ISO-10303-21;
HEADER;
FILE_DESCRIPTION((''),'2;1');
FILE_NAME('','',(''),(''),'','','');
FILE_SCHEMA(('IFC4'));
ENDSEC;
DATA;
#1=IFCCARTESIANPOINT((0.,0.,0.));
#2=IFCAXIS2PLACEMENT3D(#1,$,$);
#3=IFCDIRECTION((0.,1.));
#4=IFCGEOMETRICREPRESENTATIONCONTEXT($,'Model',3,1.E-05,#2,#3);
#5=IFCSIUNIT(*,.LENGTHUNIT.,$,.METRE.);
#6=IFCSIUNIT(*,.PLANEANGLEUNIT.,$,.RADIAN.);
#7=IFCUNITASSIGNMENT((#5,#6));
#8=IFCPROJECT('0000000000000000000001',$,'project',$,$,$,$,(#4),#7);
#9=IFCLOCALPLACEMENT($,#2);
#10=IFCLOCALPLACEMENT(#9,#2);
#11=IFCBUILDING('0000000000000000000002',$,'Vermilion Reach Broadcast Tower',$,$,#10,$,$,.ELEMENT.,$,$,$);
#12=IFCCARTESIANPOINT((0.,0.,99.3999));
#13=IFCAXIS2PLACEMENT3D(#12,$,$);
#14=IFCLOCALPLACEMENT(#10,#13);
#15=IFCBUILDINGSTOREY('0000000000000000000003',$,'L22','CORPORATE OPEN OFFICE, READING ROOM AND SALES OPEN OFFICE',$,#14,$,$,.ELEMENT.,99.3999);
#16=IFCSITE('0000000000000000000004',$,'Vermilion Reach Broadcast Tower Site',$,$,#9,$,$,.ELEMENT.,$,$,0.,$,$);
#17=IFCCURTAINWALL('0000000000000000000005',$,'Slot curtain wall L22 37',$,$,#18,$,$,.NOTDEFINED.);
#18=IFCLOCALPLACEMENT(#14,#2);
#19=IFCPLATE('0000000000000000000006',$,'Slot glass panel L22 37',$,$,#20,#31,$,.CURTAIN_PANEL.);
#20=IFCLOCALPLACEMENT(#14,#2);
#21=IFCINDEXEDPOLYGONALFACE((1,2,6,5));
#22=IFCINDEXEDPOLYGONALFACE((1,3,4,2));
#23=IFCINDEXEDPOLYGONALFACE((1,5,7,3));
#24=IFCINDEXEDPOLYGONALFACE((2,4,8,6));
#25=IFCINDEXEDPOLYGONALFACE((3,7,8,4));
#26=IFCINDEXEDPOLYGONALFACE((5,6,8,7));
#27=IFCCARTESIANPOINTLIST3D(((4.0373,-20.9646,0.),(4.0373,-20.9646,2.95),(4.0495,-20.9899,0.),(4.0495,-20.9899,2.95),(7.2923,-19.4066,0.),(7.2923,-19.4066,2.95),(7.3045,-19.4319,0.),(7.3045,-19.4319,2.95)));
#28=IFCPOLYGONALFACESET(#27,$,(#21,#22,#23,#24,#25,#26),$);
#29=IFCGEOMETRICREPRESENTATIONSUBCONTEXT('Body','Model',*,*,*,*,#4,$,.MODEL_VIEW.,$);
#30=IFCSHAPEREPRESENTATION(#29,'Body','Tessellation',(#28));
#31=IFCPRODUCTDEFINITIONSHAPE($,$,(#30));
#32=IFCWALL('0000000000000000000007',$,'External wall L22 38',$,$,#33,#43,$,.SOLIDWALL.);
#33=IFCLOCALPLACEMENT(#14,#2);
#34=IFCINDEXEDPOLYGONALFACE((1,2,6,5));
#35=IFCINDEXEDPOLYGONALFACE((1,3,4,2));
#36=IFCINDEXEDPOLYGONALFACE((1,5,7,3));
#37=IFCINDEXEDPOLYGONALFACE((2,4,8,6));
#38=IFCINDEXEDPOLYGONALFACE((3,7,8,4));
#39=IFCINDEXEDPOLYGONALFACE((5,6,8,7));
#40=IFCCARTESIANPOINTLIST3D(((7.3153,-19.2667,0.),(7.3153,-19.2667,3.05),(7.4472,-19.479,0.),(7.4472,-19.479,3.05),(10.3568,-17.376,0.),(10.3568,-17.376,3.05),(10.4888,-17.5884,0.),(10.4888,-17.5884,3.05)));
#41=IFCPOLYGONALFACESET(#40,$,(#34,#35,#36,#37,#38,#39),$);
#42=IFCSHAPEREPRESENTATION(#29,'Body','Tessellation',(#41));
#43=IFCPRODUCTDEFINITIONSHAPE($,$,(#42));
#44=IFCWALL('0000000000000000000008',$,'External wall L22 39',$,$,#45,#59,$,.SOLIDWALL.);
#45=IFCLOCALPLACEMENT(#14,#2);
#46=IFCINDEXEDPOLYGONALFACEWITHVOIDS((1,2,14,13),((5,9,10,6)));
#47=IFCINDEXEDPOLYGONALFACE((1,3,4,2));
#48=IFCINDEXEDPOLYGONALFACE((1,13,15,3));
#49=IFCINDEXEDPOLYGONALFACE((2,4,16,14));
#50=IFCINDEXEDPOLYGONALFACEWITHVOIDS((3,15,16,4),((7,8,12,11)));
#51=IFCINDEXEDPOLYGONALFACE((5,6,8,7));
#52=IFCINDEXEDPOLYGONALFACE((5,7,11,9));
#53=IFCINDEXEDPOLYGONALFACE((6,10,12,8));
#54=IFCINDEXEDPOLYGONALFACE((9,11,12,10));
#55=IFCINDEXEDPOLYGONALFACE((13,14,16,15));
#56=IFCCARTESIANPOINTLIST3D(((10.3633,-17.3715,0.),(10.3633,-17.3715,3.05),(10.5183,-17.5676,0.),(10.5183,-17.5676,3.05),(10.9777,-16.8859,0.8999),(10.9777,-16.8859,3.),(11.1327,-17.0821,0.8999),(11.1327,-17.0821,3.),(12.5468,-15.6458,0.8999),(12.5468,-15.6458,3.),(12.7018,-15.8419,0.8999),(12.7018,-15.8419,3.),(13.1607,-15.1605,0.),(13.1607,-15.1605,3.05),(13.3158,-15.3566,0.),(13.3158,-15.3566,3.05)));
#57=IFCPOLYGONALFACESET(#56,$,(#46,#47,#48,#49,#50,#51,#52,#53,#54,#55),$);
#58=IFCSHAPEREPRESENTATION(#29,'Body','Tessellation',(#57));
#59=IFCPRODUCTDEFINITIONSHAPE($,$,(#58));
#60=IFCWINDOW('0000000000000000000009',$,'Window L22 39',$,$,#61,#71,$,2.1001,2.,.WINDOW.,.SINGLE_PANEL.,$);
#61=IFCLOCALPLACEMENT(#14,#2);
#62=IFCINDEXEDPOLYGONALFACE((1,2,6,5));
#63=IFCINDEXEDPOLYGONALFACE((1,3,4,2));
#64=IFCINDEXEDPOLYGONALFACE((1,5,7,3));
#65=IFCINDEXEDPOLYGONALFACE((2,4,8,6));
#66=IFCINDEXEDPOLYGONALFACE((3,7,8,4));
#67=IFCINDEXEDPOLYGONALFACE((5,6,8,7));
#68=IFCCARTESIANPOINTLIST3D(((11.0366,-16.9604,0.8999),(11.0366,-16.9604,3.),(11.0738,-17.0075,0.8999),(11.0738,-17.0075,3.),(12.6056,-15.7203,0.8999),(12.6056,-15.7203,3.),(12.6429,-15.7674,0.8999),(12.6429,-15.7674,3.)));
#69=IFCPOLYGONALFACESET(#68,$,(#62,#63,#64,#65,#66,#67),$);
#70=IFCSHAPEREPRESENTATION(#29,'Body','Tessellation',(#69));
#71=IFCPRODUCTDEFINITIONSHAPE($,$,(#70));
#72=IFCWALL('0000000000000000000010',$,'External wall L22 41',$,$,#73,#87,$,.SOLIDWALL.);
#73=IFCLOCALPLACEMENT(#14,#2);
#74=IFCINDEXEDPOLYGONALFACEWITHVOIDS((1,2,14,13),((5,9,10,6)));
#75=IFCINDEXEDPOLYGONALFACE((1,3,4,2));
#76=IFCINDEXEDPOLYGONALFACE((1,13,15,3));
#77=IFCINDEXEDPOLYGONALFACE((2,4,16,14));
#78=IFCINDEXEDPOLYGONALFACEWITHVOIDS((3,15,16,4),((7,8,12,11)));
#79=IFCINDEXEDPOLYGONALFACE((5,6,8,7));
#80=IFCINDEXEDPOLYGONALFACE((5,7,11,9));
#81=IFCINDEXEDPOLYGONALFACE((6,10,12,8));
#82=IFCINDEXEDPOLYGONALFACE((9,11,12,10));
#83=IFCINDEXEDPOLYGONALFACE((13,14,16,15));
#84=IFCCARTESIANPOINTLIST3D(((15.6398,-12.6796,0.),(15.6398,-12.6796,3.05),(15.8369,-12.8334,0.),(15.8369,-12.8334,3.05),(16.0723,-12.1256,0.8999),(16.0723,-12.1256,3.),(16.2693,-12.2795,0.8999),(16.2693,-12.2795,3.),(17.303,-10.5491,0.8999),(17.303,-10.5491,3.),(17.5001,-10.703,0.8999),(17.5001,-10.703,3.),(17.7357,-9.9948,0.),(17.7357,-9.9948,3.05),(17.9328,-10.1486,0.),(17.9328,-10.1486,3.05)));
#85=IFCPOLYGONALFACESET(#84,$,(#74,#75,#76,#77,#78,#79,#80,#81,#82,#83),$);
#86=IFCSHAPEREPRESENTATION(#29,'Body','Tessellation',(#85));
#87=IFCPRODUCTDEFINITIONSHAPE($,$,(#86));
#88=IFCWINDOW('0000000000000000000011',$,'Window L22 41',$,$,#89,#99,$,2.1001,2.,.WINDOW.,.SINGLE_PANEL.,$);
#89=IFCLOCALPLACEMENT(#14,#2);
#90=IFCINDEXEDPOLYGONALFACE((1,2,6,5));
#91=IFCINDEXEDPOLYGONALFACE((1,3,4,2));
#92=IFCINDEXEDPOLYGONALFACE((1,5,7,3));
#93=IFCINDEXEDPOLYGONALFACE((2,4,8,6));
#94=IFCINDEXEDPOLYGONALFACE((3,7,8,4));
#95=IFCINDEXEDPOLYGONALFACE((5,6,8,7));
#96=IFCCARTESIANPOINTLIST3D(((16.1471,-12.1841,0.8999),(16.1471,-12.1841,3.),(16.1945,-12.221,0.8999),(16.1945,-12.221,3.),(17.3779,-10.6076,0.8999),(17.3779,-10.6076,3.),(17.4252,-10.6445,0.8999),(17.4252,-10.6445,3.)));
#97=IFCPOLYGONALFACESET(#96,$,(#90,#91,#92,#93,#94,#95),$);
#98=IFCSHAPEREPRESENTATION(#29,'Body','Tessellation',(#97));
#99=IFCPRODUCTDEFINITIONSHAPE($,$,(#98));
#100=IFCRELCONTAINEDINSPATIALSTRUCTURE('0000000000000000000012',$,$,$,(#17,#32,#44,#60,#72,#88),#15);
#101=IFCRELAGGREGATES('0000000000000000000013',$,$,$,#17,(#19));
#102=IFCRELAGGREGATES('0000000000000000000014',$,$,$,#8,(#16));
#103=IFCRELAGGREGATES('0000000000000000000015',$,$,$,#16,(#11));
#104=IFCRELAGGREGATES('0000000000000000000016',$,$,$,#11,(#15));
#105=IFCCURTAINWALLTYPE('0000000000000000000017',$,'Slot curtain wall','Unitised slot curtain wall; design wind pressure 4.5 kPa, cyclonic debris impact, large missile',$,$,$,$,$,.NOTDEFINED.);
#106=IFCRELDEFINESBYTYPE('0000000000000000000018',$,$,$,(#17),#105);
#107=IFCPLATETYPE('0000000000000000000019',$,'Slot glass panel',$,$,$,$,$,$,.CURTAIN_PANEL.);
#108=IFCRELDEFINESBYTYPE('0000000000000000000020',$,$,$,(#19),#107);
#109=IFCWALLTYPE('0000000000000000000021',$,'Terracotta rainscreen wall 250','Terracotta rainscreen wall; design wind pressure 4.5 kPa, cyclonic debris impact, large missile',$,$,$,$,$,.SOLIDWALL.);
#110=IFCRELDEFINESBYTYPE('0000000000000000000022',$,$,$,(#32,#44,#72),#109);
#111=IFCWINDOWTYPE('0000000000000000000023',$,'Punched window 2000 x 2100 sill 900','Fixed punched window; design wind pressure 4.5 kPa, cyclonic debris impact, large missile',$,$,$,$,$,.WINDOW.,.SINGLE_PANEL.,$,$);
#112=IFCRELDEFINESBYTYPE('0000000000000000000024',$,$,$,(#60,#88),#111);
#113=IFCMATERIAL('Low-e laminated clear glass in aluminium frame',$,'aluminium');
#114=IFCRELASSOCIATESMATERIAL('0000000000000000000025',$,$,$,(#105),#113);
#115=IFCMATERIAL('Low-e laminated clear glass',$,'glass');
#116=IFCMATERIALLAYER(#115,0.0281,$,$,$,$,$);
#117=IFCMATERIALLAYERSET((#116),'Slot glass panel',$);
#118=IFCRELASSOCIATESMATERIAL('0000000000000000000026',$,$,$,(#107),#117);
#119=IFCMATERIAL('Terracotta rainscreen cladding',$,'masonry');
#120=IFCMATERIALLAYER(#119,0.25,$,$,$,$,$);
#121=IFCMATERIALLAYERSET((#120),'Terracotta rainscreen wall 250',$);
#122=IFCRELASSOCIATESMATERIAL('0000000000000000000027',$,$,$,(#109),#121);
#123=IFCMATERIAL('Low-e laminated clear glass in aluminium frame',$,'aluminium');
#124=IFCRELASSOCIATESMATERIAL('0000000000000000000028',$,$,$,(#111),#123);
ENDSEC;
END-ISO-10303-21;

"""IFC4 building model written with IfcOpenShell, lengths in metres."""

from ifc_helpers import new_model, si_unit, direction, frame, frame_2d, origin, origin_2d, place, context, subcontext, project, spatial, rectangle, extrude, material, layer, layer_set, type_object, element, fill, aggregate, save


model = new_model("IFC4")

# Units and contexts
model_context = context("Model", 3, precision=1e-05, world=origin(), true_north=direction((0.0, 1.0)))
body_context = subcontext(model_context, "Body", "Model", "MODEL_VIEW")
ifc_project = project(units=[si_unit("LENGTHUNIT", "METRE"), si_unit("PLANEANGLEUNIT", "RADIAN")], contexts=[model_context])

# Site, building, storey
site_placement = place(None, origin())
site = spatial("IfcSite", under=ifc_project, at=site_placement, Name="Vermilion Reach Broadcast Tower Site", CompositionType="ELEMENT", RefElevation=0.0)
building_placement = place(site_placement, origin())
building = spatial("IfcBuilding", under=site, at=building_placement, Name="Vermilion Reach Broadcast Tower", CompositionType="ELEMENT")
storey_placement = place(building_placement, frame((0.0, 0.0, 99.3999)))
storey = spatial("IfcBuildingStorey", under=building, at=storey_placement, Name="L22", Description="CORPORATE OPEN OFFICE, READING ROOM AND SALES OPEN OFFICE", CompositionType="ELEMENT", Elevation=99.3999)

# Curtain wall, plate
ifc_material_1 = material(Name="Low-e laminated clear glass in aluminium frame", Category="aluminium")
curtain_wall_type = type_object("IfcCurtainWallType", Name="Slot curtain wall", Description="Unitised slot curtain wall; design wind pressure 4.5 kPa, cyclonic debris impact, large missile", PredefinedType="NOTDEFINED", material=ifc_material_1)
curtain_wall_placement = place(storey_placement, origin())
curtain_wall = element("IfcCurtainWall", 1, at=curtain_wall_placement, inside=storey, type_object=curtain_wall_type, Name="Slot curtain wall L22 37", PredefinedType="NOTDEFINED")
ifc_material_2 = material(Name="Low-e laminated clear glass", Category="glass")
ifc_layer_1 = layer(ifc_material_2, 0.0281)
ifc_layer_set_1 = layer_set([ifc_layer_1], Name="Slot glass panel")
plate_type = type_object("IfcPlateType", Name="Slot glass panel", PredefinedType="CURTAIN_PANEL", material=ifc_layer_set_1)
plate_placement = place(storey_placement, frame((5.6709, -20.1982, 0.0), z_axis=(0.0, 0.0, 1.0), x_axis=(0.902002, 0.431732, 0.0)))
plate = element("IfcPlate", 2, at=plate_placement, type_object=plate_type, Name="Slot glass panel L22 37", PredefinedType="CURTAIN_PANEL", context=body_context, shape_type="SweptSolid", body=[
    extrude(rectangle(XDim=3.6086, YDim=0.0281, at=origin_2d()), origin(), (0.0, 0.0, 1.0), 2.95),
])
aggregate(curtain_wall, [plate])

# Wall
ifc_material_3 = material(Name="Terracotta rainscreen cladding", Category="masonry")
ifc_layer_2 = layer(ifc_material_3, 0.25)
ifc_layer_set_2 = layer_set([ifc_layer_2], Name="Terracotta rainscreen wall 250")
wall_type = type_object("IfcWallType", Name="Terracotta rainscreen wall 250", Description="Terracotta rainscreen wall; design wind pressure 4.5 kPa, cyclonic debris impact, large missile", PredefinedType="SOLIDWALL", material=ifc_layer_set_2)
wall_1_placement = place(storey_placement, frame((7.3813, -19.3728, 0.0), z_axis=(0.0, 0.0, 1.0), x_axis=(0.84929, 0.527926, 0.0)))
element("IfcWall", 3, at=wall_1_placement, inside=storey, type_object=wall_type, Name="External wall L22 38", PredefinedType="SOLIDWALL", context=body_context, shape_type="SweptSolid", body=[
    extrude(rectangle(XDim=3.5813, YDim=0.25, at=frame_2d((1.7905, 0.0))), origin(), (0.0, 0.0, 1.0), 3.05),
])

# Wall, opening, window
wall_2_placement = place(storey_placement, frame((10.4409, -17.4695, 0.0), z_axis=(0.0, 0.0, 1.0), x_axis=(0.784543, 0.620075, 0.0)))
wall_2 = element("IfcWall", 4, at=wall_2_placement, inside=storey, type_object=wall_type, Name="External wall L22 39", PredefinedType="SOLIDWALL", context=body_context, shape_type="SweptSolid", body=[
    extrude(rectangle(XDim=3.5657, YDim=0.25, at=frame_2d((1.7827, 0.0))), origin(), (0.0, 0.0, 1.0), 3.05),
])
opening_1_placement = place(wall_2_placement, frame((0.783, 0.0, 0.8999)))
opening_1 = element("IfcOpeningElement", 5, at=opening_1_placement, cuts=wall_2, PredefinedType="OPENING", context=body_context, shape_type="SweptSolid", body=[
    extrude(rectangle(XDim=2.0, YDim=2.1001, at=frame_2d((1.0, 1.05))), frame((0.0, 0.135, 0.0), z_axis=(0.0, -1.0, 0.0), x_axis=(1.0, 0.0, 0.0)), (0.0, 0.0, 1.0), 0.27),
])
ifc_material_4 = material(Name="Low-e laminated clear glass in aluminium frame", Category="aluminium")
window_type = type_object("IfcWindowType", Name="Punched window 2000 x 2100 sill 900", Description="Fixed punched window; design wind pressure 4.5 kPa, cyclonic debris impact, large missile", PartitioningType="SINGLE_PANEL", PredefinedType="WINDOW", material=ifc_material_4)
window_1_placement = place(opening_1_placement, origin())
window_1 = element("IfcWindow", 6, at=window_1_placement, inside=storey, type_object=window_type, Name="Window L22 39", OverallHeight=2.1001, OverallWidth=2.0, PartitioningType="SINGLE_PANEL", PredefinedType="WINDOW", context=body_context, shape_type="SweptSolid", body=[
    extrude(rectangle(XDim=2.0, YDim=2.1001, at=frame_2d((1.0, 1.05))), frame((0.0, 0.03, 0.0), z_axis=(0.0, -1.0, 0.0), x_axis=(1.0, 0.0, 0.0)), (0.0, 0.0, 1.0), 0.0601),
])
fill(opening_1, window_1)

# Wall, opening, window
wall_3_placement = place(storey_placement, frame((15.7383, -12.7566, 0.0), z_axis=(0.0, 0.0, 1.0), x_axis=(0.615359, 0.788247, 0.0)))
wall_3 = element("IfcWall", 7, at=wall_3_placement, inside=storey, type_object=wall_type, Name="External wall L22 41", PredefinedType="SOLIDWALL", context=body_context, shape_type="SweptSolid", body=[
    extrude(rectangle(XDim=3.406, YDim=0.25, at=frame_2d((1.7031, 0.0))), origin(), (0.0, 0.0, 1.0), 3.05),
])
opening_2_placement = place(wall_3_placement, frame((0.7029, 0.0, 0.8999)))
opening_2 = element("IfcOpeningElement", 8, at=opening_2_placement, cuts=wall_3, PredefinedType="OPENING", context=body_context, shape_type="SweptSolid", body=[
    extrude(rectangle(XDim=2.0, YDim=2.1001, at=frame_2d((1.0, 1.05))), frame((0.0, 0.135, 0.0), z_axis=(0.0, -1.0, 0.0), x_axis=(1.0, 0.0, 0.0)), (0.0, 0.0, 1.0), 0.27),
])
window_2_placement = place(opening_2_placement, origin())
window_2 = element("IfcWindow", 9, at=window_2_placement, inside=storey, type_object=window_type, Name="Window L22 41", OverallHeight=2.1001, OverallWidth=2.0, PartitioningType="SINGLE_PANEL", PredefinedType="WINDOW", context=body_context, shape_type="SweptSolid", body=[
    extrude(rectangle(XDim=2.0, YDim=2.1001, at=frame_2d((1.0, 1.05))), frame((0.0, 0.03, 0.0), z_axis=(0.0, -1.0, 0.0), x_axis=(1.0, 0.0, 0.0)), (0.0, 0.0, 1.0), 0.0601),
])
fill(opening_2, window_2)

save(model, "model.ifc")
